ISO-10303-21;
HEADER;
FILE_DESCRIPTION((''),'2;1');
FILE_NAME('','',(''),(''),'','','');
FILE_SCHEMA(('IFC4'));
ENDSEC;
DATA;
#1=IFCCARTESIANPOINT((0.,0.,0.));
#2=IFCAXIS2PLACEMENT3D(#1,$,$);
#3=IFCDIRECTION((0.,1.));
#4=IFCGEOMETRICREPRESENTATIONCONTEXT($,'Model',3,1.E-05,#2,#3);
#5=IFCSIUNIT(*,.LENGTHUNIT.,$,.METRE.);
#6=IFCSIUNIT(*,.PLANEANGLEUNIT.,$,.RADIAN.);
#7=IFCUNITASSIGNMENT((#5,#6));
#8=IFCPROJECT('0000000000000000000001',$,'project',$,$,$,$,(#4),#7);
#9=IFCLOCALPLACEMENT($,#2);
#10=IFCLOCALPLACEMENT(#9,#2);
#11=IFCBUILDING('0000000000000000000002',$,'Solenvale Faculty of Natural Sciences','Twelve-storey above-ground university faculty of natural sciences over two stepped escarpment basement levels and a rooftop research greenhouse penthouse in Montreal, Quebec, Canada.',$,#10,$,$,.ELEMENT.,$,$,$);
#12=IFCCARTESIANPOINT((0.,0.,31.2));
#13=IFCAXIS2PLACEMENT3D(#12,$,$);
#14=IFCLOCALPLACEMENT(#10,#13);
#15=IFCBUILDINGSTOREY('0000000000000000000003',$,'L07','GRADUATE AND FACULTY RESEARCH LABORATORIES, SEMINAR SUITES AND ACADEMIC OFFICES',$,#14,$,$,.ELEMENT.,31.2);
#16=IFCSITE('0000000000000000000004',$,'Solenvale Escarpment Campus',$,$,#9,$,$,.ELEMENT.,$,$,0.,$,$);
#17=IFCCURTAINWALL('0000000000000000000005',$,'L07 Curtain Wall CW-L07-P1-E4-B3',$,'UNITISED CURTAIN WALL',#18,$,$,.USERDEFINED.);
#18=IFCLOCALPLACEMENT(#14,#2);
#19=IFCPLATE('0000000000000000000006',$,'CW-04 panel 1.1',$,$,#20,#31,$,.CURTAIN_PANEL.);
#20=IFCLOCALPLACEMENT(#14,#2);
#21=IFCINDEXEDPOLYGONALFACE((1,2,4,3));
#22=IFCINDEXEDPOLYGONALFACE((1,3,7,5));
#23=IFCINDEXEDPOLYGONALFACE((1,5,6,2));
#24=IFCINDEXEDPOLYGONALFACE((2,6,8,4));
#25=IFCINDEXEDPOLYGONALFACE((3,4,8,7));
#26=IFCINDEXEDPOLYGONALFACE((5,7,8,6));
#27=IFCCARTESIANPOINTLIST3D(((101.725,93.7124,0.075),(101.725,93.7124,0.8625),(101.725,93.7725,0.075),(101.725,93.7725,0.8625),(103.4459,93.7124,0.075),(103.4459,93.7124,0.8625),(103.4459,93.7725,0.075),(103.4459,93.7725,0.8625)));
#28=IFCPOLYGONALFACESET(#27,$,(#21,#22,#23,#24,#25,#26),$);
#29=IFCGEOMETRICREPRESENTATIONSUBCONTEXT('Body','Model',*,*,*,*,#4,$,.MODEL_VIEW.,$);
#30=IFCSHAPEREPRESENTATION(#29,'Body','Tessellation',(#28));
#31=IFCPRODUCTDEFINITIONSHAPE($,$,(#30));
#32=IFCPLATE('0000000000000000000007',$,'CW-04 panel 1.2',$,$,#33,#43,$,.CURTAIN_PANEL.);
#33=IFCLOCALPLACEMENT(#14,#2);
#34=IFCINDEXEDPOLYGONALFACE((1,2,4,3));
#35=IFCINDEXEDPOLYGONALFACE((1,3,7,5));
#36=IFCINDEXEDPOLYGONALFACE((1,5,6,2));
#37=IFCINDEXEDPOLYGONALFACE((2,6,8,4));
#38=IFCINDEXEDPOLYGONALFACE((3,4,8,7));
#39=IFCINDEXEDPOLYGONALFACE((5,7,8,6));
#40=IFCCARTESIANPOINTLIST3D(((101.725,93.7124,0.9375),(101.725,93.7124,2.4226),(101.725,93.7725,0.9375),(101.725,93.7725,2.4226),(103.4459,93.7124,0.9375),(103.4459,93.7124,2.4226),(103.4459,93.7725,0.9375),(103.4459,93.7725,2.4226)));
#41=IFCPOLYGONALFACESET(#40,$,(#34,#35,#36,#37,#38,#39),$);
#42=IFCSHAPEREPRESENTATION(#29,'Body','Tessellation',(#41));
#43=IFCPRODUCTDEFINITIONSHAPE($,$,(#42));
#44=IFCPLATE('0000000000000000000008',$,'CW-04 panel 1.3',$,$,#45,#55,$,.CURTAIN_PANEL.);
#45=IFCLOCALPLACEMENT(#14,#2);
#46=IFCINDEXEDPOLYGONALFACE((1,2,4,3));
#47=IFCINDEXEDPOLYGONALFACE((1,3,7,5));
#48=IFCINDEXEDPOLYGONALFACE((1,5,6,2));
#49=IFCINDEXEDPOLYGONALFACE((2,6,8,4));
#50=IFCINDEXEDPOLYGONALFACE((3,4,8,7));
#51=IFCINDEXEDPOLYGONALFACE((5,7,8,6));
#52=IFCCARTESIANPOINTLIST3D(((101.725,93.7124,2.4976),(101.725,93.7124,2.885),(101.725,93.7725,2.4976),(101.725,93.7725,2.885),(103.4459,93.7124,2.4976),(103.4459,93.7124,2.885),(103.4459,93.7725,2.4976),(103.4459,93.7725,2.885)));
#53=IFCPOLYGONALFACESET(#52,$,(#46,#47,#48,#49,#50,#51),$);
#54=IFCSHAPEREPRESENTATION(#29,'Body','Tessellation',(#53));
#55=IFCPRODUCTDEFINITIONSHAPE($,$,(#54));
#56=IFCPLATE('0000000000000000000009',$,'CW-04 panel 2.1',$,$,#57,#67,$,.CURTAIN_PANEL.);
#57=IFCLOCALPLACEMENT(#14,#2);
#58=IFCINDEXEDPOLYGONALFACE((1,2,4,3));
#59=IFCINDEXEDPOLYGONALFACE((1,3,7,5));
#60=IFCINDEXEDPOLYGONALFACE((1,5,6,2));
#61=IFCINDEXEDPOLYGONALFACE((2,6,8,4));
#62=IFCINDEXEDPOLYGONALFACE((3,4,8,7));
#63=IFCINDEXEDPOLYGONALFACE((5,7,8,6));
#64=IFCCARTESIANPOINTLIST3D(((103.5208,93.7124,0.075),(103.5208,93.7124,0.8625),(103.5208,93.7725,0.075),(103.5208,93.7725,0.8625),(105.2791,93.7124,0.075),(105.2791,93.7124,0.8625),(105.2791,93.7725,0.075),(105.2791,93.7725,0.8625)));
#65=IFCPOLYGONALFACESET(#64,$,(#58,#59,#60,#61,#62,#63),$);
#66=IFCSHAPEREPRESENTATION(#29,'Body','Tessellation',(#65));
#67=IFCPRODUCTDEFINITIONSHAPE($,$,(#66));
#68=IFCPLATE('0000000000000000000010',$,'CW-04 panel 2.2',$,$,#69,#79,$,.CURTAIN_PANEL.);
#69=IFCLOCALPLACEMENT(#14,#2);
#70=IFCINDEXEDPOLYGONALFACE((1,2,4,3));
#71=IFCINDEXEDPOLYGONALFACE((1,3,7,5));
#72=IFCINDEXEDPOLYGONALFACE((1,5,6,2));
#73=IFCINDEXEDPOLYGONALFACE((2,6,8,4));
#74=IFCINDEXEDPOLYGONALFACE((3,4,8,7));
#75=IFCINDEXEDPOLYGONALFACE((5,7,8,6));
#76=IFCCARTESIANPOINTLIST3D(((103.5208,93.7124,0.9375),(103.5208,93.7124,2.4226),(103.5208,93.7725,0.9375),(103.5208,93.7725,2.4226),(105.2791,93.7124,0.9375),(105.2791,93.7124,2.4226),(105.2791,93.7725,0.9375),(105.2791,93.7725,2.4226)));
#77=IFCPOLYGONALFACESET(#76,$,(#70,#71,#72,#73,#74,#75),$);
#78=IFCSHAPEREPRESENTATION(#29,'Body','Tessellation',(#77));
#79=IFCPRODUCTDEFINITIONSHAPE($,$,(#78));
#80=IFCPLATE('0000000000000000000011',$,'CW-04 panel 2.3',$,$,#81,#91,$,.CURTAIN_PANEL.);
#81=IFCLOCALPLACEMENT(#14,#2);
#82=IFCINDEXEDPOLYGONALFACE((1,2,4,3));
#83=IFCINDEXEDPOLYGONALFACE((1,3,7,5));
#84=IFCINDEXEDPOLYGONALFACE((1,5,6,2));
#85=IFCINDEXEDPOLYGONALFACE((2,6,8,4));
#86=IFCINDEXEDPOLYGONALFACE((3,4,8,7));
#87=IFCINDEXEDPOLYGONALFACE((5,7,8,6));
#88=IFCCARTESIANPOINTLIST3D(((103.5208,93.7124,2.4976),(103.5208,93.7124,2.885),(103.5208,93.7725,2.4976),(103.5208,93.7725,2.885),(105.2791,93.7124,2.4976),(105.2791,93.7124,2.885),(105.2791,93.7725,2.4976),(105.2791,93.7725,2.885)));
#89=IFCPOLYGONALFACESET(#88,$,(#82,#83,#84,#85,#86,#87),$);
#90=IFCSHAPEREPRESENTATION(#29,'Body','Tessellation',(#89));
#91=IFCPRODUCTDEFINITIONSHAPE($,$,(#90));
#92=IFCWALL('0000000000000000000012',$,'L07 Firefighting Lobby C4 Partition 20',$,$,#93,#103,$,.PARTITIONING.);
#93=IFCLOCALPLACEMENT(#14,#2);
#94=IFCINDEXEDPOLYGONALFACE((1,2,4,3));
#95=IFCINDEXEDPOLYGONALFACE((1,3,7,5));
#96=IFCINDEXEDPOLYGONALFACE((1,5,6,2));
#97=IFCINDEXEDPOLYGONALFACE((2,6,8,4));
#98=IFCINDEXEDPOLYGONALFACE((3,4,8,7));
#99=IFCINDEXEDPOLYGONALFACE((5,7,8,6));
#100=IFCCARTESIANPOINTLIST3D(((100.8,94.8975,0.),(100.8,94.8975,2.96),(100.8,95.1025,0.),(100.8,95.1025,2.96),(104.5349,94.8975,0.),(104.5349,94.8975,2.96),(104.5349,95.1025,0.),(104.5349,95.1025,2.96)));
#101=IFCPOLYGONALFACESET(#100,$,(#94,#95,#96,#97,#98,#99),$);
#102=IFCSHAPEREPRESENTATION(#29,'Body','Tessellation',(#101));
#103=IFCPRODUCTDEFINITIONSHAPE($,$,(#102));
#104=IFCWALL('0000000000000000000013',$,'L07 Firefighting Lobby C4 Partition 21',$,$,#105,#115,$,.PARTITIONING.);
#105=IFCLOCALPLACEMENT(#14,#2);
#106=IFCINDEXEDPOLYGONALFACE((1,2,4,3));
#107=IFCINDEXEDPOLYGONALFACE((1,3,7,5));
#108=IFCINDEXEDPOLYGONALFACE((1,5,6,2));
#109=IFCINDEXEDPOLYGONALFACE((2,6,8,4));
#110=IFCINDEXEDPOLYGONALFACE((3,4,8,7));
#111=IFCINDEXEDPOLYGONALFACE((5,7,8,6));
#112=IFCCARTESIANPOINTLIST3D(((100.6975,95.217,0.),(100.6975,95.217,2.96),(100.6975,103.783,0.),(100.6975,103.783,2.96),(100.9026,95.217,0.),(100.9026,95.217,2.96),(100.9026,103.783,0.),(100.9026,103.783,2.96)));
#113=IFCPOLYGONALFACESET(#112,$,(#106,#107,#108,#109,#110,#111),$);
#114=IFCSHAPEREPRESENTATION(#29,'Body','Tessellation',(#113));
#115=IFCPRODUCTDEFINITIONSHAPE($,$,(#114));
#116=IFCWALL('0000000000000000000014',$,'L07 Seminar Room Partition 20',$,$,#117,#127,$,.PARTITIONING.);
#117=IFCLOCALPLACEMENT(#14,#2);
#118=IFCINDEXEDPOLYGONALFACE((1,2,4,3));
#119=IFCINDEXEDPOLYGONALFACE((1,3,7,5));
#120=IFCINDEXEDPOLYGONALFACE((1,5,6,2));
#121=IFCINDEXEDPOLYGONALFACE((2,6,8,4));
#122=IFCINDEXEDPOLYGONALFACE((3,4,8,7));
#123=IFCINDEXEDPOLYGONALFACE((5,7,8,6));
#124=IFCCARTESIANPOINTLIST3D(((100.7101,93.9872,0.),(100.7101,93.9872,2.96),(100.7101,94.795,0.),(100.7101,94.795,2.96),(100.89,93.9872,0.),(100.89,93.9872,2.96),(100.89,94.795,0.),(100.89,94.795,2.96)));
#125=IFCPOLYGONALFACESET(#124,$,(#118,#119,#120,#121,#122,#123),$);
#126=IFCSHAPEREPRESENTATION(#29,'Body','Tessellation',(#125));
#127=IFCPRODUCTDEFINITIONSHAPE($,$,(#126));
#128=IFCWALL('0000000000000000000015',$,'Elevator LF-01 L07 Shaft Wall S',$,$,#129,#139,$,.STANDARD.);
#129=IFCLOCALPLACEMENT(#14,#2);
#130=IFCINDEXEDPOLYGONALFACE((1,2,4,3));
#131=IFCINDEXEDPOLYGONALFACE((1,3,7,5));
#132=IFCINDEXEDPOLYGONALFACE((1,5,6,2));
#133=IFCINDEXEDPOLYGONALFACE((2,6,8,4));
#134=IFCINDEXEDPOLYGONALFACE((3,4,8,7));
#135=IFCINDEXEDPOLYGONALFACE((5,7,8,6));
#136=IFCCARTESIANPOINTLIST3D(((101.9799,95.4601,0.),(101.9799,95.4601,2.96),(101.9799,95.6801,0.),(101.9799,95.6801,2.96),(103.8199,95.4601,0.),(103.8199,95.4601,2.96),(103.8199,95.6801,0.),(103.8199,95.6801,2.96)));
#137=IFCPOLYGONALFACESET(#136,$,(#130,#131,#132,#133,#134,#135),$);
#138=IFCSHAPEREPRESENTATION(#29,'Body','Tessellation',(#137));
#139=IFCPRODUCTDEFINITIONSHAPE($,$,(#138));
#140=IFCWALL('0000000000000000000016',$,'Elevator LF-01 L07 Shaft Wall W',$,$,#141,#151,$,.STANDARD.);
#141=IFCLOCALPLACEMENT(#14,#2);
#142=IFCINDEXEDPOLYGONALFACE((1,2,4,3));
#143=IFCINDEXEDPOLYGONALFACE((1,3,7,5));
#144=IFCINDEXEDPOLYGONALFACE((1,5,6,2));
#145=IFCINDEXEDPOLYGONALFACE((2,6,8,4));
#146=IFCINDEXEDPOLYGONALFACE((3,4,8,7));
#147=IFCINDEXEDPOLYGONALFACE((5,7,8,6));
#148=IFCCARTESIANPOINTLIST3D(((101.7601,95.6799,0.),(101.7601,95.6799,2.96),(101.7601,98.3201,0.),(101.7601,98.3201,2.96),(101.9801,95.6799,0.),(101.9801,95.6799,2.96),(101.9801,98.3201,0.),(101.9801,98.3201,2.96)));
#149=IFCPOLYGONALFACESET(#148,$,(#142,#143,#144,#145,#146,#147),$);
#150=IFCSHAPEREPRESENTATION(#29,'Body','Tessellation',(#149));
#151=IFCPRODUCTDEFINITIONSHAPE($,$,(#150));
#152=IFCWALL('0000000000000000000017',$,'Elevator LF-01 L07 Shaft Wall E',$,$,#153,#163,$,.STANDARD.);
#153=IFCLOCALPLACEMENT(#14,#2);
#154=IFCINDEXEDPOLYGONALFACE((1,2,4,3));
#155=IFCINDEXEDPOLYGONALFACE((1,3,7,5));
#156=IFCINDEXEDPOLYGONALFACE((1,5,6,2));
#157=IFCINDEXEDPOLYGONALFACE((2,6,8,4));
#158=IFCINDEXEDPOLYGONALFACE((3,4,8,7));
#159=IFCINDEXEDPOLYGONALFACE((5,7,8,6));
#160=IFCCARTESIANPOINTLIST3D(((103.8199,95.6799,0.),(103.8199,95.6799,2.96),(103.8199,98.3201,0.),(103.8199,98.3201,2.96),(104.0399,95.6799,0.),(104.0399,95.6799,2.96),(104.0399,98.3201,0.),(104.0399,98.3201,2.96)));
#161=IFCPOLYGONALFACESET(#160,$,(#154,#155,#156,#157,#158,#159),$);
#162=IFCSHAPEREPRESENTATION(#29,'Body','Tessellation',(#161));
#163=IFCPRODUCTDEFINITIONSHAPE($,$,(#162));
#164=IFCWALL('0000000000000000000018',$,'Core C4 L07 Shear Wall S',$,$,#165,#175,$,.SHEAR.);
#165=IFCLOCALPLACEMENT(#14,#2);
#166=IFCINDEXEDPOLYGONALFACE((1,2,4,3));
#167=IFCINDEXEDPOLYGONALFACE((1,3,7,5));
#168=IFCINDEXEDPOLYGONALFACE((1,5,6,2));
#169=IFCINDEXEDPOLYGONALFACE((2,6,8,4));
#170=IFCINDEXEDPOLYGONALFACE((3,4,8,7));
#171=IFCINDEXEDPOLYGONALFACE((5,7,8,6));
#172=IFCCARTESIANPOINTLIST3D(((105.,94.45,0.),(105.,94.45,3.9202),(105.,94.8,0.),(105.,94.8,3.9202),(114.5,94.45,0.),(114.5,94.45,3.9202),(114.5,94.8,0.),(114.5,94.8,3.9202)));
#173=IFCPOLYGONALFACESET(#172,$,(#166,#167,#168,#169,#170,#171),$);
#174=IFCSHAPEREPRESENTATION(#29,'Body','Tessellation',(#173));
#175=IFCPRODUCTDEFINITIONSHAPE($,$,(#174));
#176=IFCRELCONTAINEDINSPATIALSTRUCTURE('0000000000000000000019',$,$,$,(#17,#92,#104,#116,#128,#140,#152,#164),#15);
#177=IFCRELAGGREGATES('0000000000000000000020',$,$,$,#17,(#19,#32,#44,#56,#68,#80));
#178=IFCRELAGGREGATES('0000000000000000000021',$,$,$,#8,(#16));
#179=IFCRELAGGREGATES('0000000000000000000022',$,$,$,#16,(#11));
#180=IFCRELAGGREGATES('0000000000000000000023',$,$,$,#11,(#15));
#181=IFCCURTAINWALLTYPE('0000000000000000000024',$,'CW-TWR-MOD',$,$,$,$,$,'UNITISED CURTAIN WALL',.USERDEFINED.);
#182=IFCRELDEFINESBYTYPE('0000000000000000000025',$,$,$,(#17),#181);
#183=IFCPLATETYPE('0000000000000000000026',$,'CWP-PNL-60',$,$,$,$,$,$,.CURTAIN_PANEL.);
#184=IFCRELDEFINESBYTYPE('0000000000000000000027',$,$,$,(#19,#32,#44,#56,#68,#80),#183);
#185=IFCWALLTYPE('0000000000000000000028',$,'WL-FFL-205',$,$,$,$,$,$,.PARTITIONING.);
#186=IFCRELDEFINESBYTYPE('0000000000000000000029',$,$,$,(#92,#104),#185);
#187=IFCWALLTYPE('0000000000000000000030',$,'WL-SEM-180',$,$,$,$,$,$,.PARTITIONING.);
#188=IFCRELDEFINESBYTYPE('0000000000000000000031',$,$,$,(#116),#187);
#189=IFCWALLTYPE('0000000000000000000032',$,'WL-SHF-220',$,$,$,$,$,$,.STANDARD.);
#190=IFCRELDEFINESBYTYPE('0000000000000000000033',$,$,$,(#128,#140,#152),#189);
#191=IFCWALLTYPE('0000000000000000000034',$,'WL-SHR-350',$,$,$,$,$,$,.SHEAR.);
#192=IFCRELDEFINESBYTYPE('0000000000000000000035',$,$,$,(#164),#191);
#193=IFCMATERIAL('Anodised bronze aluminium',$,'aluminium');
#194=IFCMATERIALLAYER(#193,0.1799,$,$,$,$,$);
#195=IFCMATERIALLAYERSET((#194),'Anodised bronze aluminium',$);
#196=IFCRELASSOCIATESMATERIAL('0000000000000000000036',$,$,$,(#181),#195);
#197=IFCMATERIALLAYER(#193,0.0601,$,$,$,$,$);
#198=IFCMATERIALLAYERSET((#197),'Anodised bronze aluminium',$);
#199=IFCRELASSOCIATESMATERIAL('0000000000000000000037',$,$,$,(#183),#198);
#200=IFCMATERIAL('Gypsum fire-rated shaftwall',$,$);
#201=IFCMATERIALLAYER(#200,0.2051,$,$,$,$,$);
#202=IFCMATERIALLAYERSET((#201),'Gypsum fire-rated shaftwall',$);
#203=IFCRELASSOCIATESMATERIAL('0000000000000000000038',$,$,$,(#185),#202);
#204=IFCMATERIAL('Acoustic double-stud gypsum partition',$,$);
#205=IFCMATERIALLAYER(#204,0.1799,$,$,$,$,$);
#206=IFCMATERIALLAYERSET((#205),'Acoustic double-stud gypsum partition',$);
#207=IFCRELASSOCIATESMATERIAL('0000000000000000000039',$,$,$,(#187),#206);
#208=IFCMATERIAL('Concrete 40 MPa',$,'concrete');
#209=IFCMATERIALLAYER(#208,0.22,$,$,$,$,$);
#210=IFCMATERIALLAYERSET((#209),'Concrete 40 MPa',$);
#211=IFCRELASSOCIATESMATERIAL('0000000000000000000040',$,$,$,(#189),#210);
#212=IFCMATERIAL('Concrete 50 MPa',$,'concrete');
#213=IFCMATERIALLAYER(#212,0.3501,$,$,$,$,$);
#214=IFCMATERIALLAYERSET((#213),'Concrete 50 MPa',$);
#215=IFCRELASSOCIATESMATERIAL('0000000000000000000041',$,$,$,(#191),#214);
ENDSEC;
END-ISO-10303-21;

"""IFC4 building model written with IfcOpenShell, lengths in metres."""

from ifc_helpers import new_model, si_unit, direction, frame, frame_2d, origin, origin_2d, place, context, subcontext, project, spatial, rectangle, extrude, material, layer, layer_set, type_object, element, aggregate, save


model = new_model("IFC4")

# Units and contexts
model_context = context("Model", 3, precision=1e-05, world=origin(), true_north=direction((0.0, 1.0)))
body_context = subcontext(model_context, "Body", "Model", "MODEL_VIEW")
ifc_project = project(units=[si_unit("LENGTHUNIT", "METRE"), si_unit("PLANEANGLEUNIT", "RADIAN")], contexts=[model_context])

# Site, building, storey
site_placement = place(None, origin())
site = spatial("IfcSite", under=ifc_project, at=site_placement, Name="Solenvale Escarpment Campus", CompositionType="ELEMENT", RefElevation=0.0)
building_placement = place(site_placement, origin())
building = spatial("IfcBuilding", under=site, at=building_placement, Name="Solenvale Faculty of Natural Sciences", Description="Twelve-storey above-ground university faculty of natural sciences over two stepped escarpment basement levels and a rooftop research greenhouse penthouse in Montreal, Quebec, Canada.", CompositionType="ELEMENT")
storey_placement = place(building_placement, frame((0.0, 0.0, 31.2)))
storey = spatial("IfcBuildingStorey", under=building, at=storey_placement, Name="L07", Description="GRADUATE AND FACULTY RESEARCH LABORATORIES, SEMINAR SUITES AND ACADEMIC OFFICES", CompositionType="ELEMENT", Elevation=31.2)

# Shared definitions
ifc_material_1 = material(Name="Concrete 40 MPa", Category="concrete")

# Curtain wall, plates
ifc_material_2 = material(Name="Anodised bronze aluminium", Category="aluminium")
ifc_layer_1 = layer(ifc_material_2, 0.1799)
ifc_layer_set_1 = layer_set([ifc_layer_1], Name="Anodised bronze aluminium")
curtain_wall_type = type_object("IfcCurtainWallType", Name="CW-TWR-MOD", ElementType="UNITISED CURTAIN WALL", PredefinedType="USERDEFINED", material=ifc_layer_set_1)
curtain_wall_placement = place(storey_placement, origin())
curtain_wall = element("IfcCurtainWall", 1, at=curtain_wall_placement, inside=storey, type_object=curtain_wall_type, Name="L07 Curtain Wall CW-L07-P1-E4-B3", ObjectType="UNITISED CURTAIN WALL", PredefinedType="USERDEFINED")
ifc_layer_2 = layer(ifc_material_2, 0.0601)
ifc_layer_set_2 = layer_set([ifc_layer_2], Name="Anodised bronze aluminium")
plate_type = type_object("IfcPlateType", Name="CWP-PNL-60", PredefinedType="CURTAIN_PANEL", material=ifc_layer_set_2)
plate_1_placement = place(storey_placement, frame((102.5854, 93.7424, 0.075), z_axis=(0.0, 0.0, 1.0), x_axis=(1.0, 0.0, 0.0)))
plate_1 = element("IfcPlate", 2, at=plate_1_placement, type_object=plate_type, Name="CW-04 panel 1.1", PredefinedType="CURTAIN_PANEL", context=body_context, shape_type="SweptSolid", body=[
    extrude(rectangle(XDim=1.7209, YDim=0.0601, at=origin_2d()), origin(), (0.0, 0.0, 1.0), 0.7876),
])
plate_2_placement = place(storey_placement, frame((102.5854, 93.7424, 0.9375), z_axis=(0.0, 0.0, 1.0), x_axis=(1.0, 0.0, 0.0)))
plate_2 = element("IfcPlate", 3, at=plate_2_placement, type_object=plate_type, Name="CW-04 panel 1.2", PredefinedType="CURTAIN_PANEL", context=body_context, shape_type="SweptSolid", body=[
    extrude(rectangle(XDim=1.7209, YDim=0.0601, at=origin_2d()), origin(), (0.0, 0.0, 1.0), 1.4851),
])
plate_3_placement = place(storey_placement, frame((102.5854, 93.7424, 2.4976), z_axis=(0.0, 0.0, 1.0), x_axis=(1.0, 0.0, 0.0)))
plate_3 = element("IfcPlate", 4, at=plate_3_placement, type_object=plate_type, Name="CW-04 panel 1.3", PredefinedType="CURTAIN_PANEL", context=body_context, shape_type="SweptSolid", body=[
    extrude(rectangle(XDim=1.7209, YDim=0.0601, at=origin_2d()), origin(), (0.0, 0.0, 1.0), 0.3875),
])
plate_4_placement = place(storey_placement, frame((104.3999, 93.7424, 0.075), z_axis=(0.0, 0.0, 1.0), x_axis=(1.0, 0.0, 0.0)))
plate_4 = element("IfcPlate", 5, at=plate_4_placement, type_object=plate_type, Name="CW-04 panel 2.1", PredefinedType="CURTAIN_PANEL", context=body_context, shape_type="SweptSolid", body=[
    extrude(rectangle(XDim=1.7583, YDim=0.0601, at=origin_2d()), origin(), (0.0, 0.0, 1.0), 0.7876),
])
plate_5_placement = place(storey_placement, frame((104.3999, 93.7424, 0.9375), z_axis=(0.0, 0.0, 1.0), x_axis=(1.0, 0.0, 0.0)))
plate_5 = element("IfcPlate", 6, at=plate_5_placement, type_object=plate_type, Name="CW-04 panel 2.2", PredefinedType="CURTAIN_PANEL", context=body_context, shape_type="SweptSolid", body=[
    extrude(rectangle(XDim=1.7583, YDim=0.0601, at=origin_2d()), origin(), (0.0, 0.0, 1.0), 1.4851),
])
plate_6_placement = place(storey_placement, frame((104.3999, 93.7424, 2.4976), z_axis=(0.0, 0.0, 1.0), x_axis=(1.0, 0.0, 0.0)))
plate_6 = element("IfcPlate", 7, at=plate_6_placement, type_object=plate_type, Name="CW-04 panel 2.3", PredefinedType="CURTAIN_PANEL", context=body_context, shape_type="SweptSolid", body=[
    extrude(rectangle(XDim=1.7583, YDim=0.0601, at=origin_2d()), origin(), (0.0, 0.0, 1.0), 0.3875),
])
aggregate(curtain_wall, [plate_1, plate_2, plate_3, plate_4, plate_5, plate_6])

# Walls
ifc_material_3 = material(Name="Gypsum fire-rated shaftwall")
ifc_layer_3 = layer(ifc_material_3, 0.2051)
ifc_layer_set_3 = layer_set([ifc_layer_3], Name="Gypsum fire-rated shaftwall")
wall_type_1 = type_object("IfcWallType", Name="WL-FFL-205", PredefinedType="PARTITIONING", material=ifc_layer_set_3)
wall_1_placement = place(storey_placement, frame((104.5349, 95.0, 0.0), z_axis=(0.0, 0.0, 1.0), x_axis=(-1.0, 0.0, 0.0)))
element("IfcWall", 8, at=wall_1_placement, inside=storey, type_object=wall_type_1, Name="L07 Firefighting Lobby C4 Partition 20", PredefinedType="PARTITIONING", context=body_context, shape_type="SweptSolid", body=[
    extrude(rectangle(XDim=3.7349, YDim=0.2051, at=frame_2d((1.8674, 0.0))), origin(), (0.0, 0.0, 1.0), 2.96),
])
wall_2_placement = place(storey_placement, frame((100.8, 95.217, 0.0), z_axis=(0.0, 0.0, 1.0), x_axis=(0.0, 1.0, 0.0)))
element("IfcWall", 9, at=wall_2_placement, inside=storey, type_object=wall_type_1, Name="L07 Firefighting Lobby C4 Partition 21", PredefinedType="PARTITIONING", context=body_context, shape_type="SweptSolid", body=[
    extrude(rectangle(XDim=8.5659, YDim=0.2051, at=frame_2d((4.283, 0.0))), origin(), (0.0, 0.0, 1.0), 2.96),
])
ifc_material_4 = material(Name="Acoustic double-stud gypsum partition")
ifc_layer_4 = layer(ifc_material_4, 0.1799)
ifc_layer_set_4 = layer_set([ifc_layer_4], Name="Acoustic double-stud gypsum partition")
wall_type_2 = type_object("IfcWallType", Name="WL-SEM-180", PredefinedType="PARTITIONING", material=ifc_layer_set_4)
wall_3_placement = place(storey_placement, frame((100.8, 94.7949, 0.0), z_axis=(0.0, 0.0, 1.0), x_axis=(0.0, -1.0, 0.0)))
element("IfcWall", 10, at=wall_3_placement, inside=storey, type_object=wall_type_2, Name="L07 Seminar Room Partition 20", PredefinedType="PARTITIONING", context=body_context, shape_type="SweptSolid", body=[
    extrude(rectangle(XDim=0.8079, YDim=0.1799, at=frame_2d((0.4038, 0.0))), origin(), (0.0, 0.0, 1.0), 2.96),
])
ifc_layer_5 = layer(ifc_material_1, 0.22)
ifc_layer_set_5 = layer_set([ifc_layer_5], Name="Concrete 40 MPa")
wall_type_3 = type_object("IfcWallType", Name="WL-SHF-220", PredefinedType="STANDARD", material=ifc_layer_set_5)
wall_4_placement = place(storey_placement, frame((101.98, 95.5701, 0.0), z_axis=(0.0, 0.0, 1.0), x_axis=(1.0, 0.0, 0.0)))
element("IfcWall", 11, at=wall_4_placement, inside=storey, type_object=wall_type_3, Name="Elevator LF-01 L07 Shaft Wall S", PredefinedType="STANDARD", context=body_context, shape_type="SweptSolid", body=[
    extrude(rectangle(XDim=1.8401, YDim=0.22, at=frame_2d((0.9199, 0.0))), origin(), (0.0, 0.0, 1.0), 2.96),
])

# Walls
for number, where, z_axis, x_axis, name in (
    (12, (101.8701, 95.6799, 0.0), (0.0, 0.0, 1.0), (0.0, 1.0, 0.0), "Elevator LF-01 L07 Shaft Wall W"),
    (13, (103.9299, 95.6799, 0.0), (0.0, 0.0, 1.0), (0.0, 1.0, 0.0), "Elevator LF-01 L07 Shaft Wall E"),
):
    element("IfcWall", number, at=place(storey_placement, frame(where, z_axis=z_axis, x_axis=x_axis)), inside=storey, type_object=wall_type_3, Name=name, PredefinedType="STANDARD", context=body_context, shape_type="SweptSolid", body=[
        extrude(rectangle(XDim=2.6401, YDim=0.22, at=frame_2d((1.3201, 0.0))), origin(), (0.0, 0.0, 1.0), 2.96),
    ])
ifc_material_5 = material(Name="Concrete 50 MPa", Category="concrete")
ifc_layer_6 = layer(ifc_material_5, 0.3501)
ifc_layer_set_6 = layer_set([ifc_layer_6], Name="Concrete 50 MPa")
wall_type_4 = type_object("IfcWallType", Name="WL-SHR-350", PredefinedType="SHEAR", material=ifc_layer_set_6)
wall_5_placement = place(storey_placement, frame((105.0, 94.625, 0.0), z_axis=(0.0, 0.0, 1.0), x_axis=(1.0, 0.0, 0.0)))
element("IfcWall", 14, at=wall_5_placement, inside=storey, type_object=wall_type_4, Name="Core C4 L07 Shear Wall S", PredefinedType="SHEAR", context=body_context, shape_type="SweptSolid", body=[
    extrude(rectangle(XDim=9.5, YDim=0.3501, at=frame_2d((4.75, 0.0))), origin(), (0.0, 0.0, 1.0), 3.9202),
])

save(model, "model.ifc")
